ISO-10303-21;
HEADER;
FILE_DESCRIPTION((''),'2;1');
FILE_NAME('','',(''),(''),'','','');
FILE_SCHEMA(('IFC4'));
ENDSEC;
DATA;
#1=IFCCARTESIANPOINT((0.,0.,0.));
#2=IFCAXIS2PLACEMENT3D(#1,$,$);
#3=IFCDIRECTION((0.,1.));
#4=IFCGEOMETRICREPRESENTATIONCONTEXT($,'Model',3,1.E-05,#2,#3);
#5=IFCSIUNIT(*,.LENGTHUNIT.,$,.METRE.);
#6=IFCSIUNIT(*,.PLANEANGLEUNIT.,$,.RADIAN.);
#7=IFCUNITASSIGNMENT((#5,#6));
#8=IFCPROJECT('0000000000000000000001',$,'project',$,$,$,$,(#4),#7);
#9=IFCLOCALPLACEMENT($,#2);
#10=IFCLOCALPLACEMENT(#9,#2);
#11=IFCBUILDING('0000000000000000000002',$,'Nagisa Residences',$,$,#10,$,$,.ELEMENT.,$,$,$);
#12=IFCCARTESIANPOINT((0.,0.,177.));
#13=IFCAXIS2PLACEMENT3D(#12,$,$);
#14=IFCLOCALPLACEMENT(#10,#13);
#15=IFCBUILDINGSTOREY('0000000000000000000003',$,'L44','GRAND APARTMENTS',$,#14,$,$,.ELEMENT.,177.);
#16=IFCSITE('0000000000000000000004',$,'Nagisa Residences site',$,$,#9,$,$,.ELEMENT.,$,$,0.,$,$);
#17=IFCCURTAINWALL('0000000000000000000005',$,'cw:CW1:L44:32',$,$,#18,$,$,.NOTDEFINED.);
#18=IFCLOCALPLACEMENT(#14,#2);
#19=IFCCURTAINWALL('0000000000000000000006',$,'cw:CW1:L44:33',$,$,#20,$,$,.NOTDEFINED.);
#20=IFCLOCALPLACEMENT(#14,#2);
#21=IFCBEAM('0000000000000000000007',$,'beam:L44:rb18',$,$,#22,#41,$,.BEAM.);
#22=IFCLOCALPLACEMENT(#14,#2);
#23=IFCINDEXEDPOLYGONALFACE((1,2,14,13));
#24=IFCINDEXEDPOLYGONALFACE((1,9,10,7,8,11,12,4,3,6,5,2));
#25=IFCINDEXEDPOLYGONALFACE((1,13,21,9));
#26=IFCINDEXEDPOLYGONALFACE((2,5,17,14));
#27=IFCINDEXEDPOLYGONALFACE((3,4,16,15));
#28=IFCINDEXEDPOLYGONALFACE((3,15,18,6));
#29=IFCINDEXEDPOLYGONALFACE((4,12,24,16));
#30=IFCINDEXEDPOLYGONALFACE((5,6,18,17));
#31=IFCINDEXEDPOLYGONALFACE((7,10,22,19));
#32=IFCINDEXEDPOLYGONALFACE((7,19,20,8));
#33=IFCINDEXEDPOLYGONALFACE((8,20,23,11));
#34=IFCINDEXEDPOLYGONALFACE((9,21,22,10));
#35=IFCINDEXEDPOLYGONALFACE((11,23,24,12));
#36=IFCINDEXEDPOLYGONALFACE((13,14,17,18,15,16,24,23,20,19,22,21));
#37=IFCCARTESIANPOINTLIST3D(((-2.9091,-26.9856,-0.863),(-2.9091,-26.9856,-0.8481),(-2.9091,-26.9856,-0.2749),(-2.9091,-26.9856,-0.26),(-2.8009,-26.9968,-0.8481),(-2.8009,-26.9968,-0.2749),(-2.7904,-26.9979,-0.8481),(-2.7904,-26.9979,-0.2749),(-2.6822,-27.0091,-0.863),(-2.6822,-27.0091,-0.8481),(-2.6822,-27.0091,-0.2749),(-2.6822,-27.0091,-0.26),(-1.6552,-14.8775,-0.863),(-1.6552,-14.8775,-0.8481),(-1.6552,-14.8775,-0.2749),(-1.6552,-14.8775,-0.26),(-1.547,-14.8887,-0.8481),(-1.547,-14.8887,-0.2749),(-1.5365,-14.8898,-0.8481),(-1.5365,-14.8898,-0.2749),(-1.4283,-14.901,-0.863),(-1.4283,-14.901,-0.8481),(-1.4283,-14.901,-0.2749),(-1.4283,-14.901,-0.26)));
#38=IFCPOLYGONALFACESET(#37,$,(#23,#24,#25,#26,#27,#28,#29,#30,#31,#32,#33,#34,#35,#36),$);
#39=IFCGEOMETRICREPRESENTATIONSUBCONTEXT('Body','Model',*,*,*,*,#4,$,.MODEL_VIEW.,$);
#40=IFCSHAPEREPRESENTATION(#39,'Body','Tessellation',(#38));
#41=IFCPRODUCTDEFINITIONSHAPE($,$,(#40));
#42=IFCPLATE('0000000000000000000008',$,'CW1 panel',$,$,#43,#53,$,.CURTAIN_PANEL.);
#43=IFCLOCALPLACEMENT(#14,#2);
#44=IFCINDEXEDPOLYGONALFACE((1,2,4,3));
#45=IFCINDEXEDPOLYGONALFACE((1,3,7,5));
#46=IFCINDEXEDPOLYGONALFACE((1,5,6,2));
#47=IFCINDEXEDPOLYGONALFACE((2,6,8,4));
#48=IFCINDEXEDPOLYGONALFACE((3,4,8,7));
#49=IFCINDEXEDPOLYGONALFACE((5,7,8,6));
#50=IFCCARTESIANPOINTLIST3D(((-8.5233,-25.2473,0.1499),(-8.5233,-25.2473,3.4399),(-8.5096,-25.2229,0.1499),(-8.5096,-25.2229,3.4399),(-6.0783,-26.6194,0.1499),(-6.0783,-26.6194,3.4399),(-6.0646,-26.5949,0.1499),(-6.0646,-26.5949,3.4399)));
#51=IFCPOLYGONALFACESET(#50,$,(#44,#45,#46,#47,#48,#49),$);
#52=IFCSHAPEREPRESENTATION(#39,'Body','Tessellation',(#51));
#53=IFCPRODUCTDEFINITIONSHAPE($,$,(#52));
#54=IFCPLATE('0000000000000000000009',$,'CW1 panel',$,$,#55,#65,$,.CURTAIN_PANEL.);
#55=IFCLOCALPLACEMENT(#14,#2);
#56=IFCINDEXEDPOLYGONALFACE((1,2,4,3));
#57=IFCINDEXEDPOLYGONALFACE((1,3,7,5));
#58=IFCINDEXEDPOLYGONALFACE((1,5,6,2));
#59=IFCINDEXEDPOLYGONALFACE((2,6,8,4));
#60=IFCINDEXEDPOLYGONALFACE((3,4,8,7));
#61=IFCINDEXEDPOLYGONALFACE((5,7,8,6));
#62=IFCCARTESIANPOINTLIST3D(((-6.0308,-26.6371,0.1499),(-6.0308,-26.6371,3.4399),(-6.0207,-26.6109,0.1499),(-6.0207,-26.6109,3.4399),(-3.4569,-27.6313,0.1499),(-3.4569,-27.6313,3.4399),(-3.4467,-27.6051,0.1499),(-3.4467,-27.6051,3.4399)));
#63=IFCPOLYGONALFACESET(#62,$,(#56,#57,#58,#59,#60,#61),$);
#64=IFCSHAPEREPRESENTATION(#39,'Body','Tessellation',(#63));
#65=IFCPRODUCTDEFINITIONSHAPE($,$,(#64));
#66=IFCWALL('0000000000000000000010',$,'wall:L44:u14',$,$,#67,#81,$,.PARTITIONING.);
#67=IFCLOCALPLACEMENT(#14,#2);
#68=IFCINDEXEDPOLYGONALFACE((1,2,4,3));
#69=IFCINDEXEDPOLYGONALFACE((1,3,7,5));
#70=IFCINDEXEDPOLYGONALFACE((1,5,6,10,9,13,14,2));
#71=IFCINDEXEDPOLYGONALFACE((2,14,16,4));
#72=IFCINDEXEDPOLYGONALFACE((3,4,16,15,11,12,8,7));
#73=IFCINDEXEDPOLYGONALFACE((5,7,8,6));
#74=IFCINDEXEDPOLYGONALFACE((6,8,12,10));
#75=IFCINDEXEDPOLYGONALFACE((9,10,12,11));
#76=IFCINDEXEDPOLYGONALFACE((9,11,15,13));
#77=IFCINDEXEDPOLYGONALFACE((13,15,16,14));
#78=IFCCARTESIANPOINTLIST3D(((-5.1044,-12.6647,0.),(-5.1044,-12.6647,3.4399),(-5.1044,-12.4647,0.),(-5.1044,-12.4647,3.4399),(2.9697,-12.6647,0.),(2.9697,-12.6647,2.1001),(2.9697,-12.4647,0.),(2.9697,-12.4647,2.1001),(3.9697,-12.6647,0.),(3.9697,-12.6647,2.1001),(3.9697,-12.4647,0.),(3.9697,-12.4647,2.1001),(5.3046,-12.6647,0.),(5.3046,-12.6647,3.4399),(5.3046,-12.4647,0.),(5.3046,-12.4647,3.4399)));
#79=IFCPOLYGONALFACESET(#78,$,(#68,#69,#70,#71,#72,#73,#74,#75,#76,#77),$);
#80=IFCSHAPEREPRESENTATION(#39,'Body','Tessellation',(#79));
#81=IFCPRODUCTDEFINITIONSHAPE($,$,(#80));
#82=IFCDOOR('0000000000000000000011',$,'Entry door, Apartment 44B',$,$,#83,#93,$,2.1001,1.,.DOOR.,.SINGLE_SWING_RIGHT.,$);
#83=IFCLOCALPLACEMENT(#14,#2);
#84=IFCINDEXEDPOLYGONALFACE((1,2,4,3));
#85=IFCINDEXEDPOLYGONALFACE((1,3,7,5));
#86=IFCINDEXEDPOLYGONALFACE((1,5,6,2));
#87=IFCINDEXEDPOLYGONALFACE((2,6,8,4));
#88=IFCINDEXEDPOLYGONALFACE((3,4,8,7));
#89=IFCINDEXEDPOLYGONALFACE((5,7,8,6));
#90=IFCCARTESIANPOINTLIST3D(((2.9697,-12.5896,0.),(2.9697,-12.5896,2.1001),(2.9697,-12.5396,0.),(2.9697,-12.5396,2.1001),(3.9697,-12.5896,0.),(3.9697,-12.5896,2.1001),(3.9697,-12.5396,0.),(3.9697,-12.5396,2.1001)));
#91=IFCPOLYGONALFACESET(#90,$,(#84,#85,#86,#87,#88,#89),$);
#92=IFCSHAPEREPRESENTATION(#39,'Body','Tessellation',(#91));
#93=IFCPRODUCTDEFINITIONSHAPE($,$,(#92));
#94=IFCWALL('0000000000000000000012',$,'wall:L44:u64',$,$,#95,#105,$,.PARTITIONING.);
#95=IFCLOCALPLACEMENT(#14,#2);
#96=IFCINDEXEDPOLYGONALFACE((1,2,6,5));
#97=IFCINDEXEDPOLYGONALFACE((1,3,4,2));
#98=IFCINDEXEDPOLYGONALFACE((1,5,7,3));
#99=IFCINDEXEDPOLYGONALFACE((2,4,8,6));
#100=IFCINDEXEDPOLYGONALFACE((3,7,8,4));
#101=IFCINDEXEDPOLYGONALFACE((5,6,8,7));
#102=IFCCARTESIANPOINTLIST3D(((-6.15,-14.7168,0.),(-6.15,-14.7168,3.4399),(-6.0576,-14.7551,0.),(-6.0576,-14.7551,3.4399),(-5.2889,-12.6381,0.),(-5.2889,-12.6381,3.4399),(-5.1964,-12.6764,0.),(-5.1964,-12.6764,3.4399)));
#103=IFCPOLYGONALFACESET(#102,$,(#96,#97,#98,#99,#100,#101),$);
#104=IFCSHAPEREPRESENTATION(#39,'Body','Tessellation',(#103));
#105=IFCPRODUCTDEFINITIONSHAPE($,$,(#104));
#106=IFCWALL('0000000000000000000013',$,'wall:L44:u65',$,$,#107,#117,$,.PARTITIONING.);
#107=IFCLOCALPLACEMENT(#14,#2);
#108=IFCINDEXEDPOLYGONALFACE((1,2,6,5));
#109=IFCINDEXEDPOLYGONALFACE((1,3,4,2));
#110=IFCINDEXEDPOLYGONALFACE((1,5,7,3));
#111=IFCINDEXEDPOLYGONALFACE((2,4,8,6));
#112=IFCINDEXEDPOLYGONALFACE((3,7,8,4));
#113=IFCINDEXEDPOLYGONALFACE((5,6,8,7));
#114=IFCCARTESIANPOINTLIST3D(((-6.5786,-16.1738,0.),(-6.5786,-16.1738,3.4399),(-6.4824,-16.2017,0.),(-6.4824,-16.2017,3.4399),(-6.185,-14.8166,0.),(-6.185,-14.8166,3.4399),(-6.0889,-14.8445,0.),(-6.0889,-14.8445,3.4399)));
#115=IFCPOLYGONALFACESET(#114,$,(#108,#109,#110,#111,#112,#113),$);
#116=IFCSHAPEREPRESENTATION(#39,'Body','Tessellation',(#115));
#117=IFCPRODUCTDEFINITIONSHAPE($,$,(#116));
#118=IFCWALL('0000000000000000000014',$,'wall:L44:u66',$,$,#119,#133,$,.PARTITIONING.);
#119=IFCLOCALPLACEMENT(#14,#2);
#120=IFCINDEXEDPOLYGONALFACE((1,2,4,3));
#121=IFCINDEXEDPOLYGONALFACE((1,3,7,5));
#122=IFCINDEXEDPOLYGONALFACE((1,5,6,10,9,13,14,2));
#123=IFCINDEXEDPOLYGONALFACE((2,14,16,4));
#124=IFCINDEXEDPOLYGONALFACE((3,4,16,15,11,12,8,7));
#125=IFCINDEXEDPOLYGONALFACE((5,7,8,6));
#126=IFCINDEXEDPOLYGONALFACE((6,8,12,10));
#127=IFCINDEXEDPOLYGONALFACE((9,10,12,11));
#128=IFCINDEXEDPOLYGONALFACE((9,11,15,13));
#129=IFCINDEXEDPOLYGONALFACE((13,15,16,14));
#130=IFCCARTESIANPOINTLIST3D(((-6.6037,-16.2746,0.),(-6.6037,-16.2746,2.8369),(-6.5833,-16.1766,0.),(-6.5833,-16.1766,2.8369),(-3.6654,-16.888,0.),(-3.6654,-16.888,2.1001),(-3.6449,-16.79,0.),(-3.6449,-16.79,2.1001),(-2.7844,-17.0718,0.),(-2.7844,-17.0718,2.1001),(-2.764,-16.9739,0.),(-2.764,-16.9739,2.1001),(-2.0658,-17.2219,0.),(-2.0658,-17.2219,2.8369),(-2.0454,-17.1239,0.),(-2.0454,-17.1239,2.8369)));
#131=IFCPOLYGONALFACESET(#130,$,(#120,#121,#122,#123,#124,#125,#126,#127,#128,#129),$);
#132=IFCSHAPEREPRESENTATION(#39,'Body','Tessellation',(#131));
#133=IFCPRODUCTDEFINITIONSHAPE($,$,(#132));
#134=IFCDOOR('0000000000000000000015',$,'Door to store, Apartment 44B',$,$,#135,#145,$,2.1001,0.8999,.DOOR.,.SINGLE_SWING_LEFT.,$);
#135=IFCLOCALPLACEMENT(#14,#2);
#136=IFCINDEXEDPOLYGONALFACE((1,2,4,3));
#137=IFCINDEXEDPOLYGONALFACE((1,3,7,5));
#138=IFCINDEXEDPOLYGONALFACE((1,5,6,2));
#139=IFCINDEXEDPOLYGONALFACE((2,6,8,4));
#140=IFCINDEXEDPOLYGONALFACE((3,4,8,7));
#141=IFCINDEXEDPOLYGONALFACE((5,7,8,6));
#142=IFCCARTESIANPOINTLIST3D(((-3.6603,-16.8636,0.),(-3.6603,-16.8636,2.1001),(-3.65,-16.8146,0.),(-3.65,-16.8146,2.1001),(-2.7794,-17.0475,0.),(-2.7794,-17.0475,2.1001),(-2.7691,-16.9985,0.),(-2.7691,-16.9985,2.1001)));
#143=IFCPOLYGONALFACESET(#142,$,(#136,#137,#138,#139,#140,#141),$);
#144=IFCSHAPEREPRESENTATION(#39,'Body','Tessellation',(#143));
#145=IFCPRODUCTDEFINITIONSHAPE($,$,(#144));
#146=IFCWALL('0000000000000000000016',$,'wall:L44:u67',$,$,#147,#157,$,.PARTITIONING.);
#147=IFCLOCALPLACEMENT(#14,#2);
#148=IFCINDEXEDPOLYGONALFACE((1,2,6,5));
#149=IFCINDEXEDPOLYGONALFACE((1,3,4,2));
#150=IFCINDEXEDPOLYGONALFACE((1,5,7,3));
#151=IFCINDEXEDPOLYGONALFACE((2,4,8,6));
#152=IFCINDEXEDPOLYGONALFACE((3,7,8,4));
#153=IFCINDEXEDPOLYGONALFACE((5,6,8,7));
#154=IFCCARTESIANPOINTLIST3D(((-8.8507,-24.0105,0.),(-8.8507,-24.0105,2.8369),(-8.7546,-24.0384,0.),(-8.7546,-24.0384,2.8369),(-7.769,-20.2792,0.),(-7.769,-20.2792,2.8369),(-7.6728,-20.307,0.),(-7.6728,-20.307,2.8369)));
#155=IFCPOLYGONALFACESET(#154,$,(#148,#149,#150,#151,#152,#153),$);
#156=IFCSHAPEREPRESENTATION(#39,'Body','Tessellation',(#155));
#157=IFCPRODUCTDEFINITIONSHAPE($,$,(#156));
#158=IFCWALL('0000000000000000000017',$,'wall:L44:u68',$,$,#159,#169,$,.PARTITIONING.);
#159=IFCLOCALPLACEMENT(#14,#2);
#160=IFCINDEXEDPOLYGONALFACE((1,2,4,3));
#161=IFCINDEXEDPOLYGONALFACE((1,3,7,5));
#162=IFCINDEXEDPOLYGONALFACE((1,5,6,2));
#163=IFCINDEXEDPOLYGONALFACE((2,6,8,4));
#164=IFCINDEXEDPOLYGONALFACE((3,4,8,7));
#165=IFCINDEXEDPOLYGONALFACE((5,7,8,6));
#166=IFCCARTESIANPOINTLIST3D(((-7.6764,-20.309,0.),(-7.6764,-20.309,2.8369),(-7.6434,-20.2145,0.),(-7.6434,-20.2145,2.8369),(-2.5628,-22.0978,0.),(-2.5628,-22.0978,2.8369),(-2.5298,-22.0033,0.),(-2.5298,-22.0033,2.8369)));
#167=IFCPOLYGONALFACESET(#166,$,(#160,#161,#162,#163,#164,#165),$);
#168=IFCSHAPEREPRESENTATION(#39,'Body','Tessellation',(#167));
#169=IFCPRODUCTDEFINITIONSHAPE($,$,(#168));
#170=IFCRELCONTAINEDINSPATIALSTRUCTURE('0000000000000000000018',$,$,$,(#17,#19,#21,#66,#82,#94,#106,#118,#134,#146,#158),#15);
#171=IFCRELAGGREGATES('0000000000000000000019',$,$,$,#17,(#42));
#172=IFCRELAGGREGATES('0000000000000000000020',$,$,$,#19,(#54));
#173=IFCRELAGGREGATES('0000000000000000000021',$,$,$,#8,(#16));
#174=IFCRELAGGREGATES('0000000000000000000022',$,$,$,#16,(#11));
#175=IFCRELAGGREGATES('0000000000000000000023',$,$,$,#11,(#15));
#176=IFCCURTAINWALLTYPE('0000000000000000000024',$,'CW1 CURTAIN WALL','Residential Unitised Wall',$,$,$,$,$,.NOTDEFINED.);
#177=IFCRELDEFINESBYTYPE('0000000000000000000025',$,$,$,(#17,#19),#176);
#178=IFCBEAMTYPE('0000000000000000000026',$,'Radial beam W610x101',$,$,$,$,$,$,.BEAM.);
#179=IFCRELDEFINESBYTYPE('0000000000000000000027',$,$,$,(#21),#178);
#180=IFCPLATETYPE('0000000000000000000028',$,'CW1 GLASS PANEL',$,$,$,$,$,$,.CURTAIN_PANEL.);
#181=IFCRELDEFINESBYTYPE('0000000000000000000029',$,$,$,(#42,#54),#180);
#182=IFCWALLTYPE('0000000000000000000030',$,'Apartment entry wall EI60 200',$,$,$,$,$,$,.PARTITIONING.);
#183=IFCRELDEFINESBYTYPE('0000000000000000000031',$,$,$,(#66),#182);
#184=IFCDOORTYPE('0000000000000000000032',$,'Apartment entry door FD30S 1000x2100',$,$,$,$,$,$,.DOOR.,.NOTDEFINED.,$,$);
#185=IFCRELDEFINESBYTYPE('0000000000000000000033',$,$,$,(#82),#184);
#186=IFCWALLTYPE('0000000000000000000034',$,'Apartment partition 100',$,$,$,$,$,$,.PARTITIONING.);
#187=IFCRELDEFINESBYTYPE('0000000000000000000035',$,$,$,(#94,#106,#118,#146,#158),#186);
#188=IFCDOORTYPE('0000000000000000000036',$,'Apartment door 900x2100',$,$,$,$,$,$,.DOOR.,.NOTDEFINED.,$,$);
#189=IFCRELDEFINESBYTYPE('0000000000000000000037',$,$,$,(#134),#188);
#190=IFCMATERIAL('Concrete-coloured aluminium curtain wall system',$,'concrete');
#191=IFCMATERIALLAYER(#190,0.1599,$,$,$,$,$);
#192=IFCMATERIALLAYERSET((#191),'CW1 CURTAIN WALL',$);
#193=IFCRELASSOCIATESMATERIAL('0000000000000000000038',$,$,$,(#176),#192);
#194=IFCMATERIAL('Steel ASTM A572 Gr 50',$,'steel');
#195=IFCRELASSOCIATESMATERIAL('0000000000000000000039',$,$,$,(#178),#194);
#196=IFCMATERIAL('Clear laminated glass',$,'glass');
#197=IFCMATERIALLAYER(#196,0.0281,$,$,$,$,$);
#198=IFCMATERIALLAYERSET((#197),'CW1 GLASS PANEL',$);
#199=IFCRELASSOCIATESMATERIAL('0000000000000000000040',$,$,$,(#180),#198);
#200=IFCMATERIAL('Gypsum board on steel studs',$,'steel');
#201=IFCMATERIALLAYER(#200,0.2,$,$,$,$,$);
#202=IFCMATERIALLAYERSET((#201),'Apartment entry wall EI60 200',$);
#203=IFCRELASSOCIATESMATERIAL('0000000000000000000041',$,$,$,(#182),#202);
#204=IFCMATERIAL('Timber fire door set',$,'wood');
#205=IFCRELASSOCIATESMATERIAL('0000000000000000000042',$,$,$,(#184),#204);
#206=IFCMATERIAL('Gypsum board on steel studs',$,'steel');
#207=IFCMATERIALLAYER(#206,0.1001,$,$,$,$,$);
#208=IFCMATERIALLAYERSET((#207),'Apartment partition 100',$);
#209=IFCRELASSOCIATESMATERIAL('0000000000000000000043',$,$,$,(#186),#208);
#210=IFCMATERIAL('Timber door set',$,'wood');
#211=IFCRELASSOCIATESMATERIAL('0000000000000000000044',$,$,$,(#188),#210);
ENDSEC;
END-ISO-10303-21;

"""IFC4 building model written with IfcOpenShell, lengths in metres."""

from ifc_helpers import new_model, si_unit, direction, frame, frame_2d, origin, origin_2d, place, context, subcontext, project, spatial, rectangle, i_section, extrude, material, layer, layer_set, material_profile, profile_set, type_object, element, fill, aggregate, save


model = new_model("IFC4")

# Units and contexts
model_context = context("Model", 3, precision=1e-05, world=origin(), true_north=direction((0.0, 1.0)))
body_context = subcontext(model_context, "Body", "Model", "MODEL_VIEW")
ifc_project = project(units=[si_unit("LENGTHUNIT", "METRE"), si_unit("PLANEANGLEUNIT", "RADIAN")], contexts=[model_context])

# Site, building, storey
site_placement = place(None, origin())
site = spatial("IfcSite", under=ifc_project, at=site_placement, Name="Nagisa Residences site", CompositionType="ELEMENT", RefElevation=0.0)
building_placement = place(site_placement, origin())
building = spatial("IfcBuilding", under=site, at=building_placement, Name="Nagisa Residences", CompositionType="ELEMENT")
storey_placement = place(building_placement, frame((0.0, 0.0, 177.0)))
storey = spatial("IfcBuildingStorey", under=building, at=storey_placement, Name="L44", Description="GRAND APARTMENTS", CompositionType="ELEMENT", Elevation=177.0)

# Curtain walls
ifc_material_1 = material(Name="Concrete-coloured aluminium curtain wall system", Category="concrete")
ifc_layer_1 = layer(ifc_material_1, 0.1599)
ifc_layer_set_1 = layer_set([ifc_layer_1], Name="CW1 CURTAIN WALL")
curtain_wall_type = type_object("IfcCurtainWallType", Name="CW1 CURTAIN WALL", Description="Residential Unitised Wall", PredefinedType="NOTDEFINED", material=ifc_layer_set_1)
curtain_wall_1_placement = place(storey_placement, origin())
curtain_wall_1 = element("IfcCurtainWall", 1, at=curtain_wall_1_placement, inside=storey, type_object=curtain_wall_type, Name="cw:CW1:L44:32", PredefinedType="NOTDEFINED")
curtain_wall_2_placement = place(storey_placement, origin())
curtain_wall_2 = element("IfcCurtainWall", 2, at=curtain_wall_2_placement, inside=storey, type_object=curtain_wall_type, Name="cw:CW1:L44:33", PredefinedType="NOTDEFINED")

# Beam
ifc_material_2 = material(Name="Steel ASTM A572 Gr 50", Category="steel")
ifc_material_profile_1 = material_profile(ifc_material_2, i_section(OverallWidth=0.228, OverallDepth=0.603, WebThickness=0.0105, FlangeThickness=0.0149, at=origin_2d()), Name="W610x101")
ifc_profile_set_1 = profile_set([ifc_material_profile_1], Name="Steel ASTM A572 Gr 50")
beam_type_1 = type_object("IfcBeamType", Name="Radial beam W610x101", PredefinedType="BEAM", material=ifc_profile_set_1)
beam_1_placement = place(storey_placement, frame((-2.7957, -26.9973, -0.5615), z_axis=(0.103008, 0.994681, 0.0), x_axis=(-0.994681, 0.103008, 0.0)))
element("IfcBeam", 3, at=beam_1_placement, inside=storey, type_object=beam_type_1, Name="beam:L44:rb18", PredefinedType="BEAM", context=body_context, shape_type="SweptSolid", body=[
    extrude(i_section(OverallWidth=0.228, OverallDepth=0.603, WebThickness=0.0105, FlangeThickness=0.0149, at=origin_2d()), origin(), (0.0, 0.0, 1.0), 12.1729),
])

# Plates
ifc_material_3 = material(Name="Clear laminated glass", Category="glass")
ifc_layer_2 = layer(ifc_material_3, 0.0281)
ifc_layer_set_2 = layer_set([ifc_layer_2], Name="CW1 GLASS PANEL")
plate_type = type_object("IfcPlateType", Name="CW1 GLASS PANEL", PredefinedType="CURTAIN_PANEL", material=ifc_layer_set_2)
plate_1_placement = place(storey_placement, frame((-7.2939, -25.9211, 0.1499), z_axis=(0.0, 0.0, 1.0), x_axis=(0.872072, -0.489377, 0.0)))
plate_1 = element("IfcPlate", 4, at=plate_1_placement, type_object=plate_type, Name="CW1 panel", PredefinedType="CURTAIN_PANEL", context=body_context, shape_type="SweptSolid", body=[
    extrude(rectangle(XDim=2.8037, YDim=0.0281, at=origin_2d()), origin(), (0.0, 0.0, 1.0), 3.29),
])
aggregate(curtain_wall_1, [plate_1])
plate_2_placement = place(storey_placement, frame((-4.7388, -27.1211, 0.1499), z_axis=(0.0, 0.0, 1.0), x_axis=(0.932826, -0.360328, 0.0)))
plate_2 = element("IfcPlate", 5, at=plate_2_placement, type_object=plate_type, Name="CW1 panel", PredefinedType="CURTAIN_PANEL", context=body_context, shape_type="SweptSolid", body=[
    extrude(rectangle(XDim=2.7593, YDim=0.0281, at=origin_2d()), origin(), (0.0, 0.0, 1.0), 3.29),
])
aggregate(curtain_wall_2, [plate_2])

# Wall, opening, door
ifc_material_4 = material(Name="Gypsum board on steel studs", Category="steel")
ifc_layer_3 = layer(ifc_material_4, 0.2)
ifc_layer_set_3 = layer_set([ifc_layer_3], Name="Apartment entry wall EI60 200")
wall_type_1 = type_object("IfcWallType", Name="Apartment entry wall EI60 200", PredefinedType="PARTITIONING", material=ifc_layer_set_3)
wall_1_placement = place(storey_placement, frame((-5.1045, -12.5647, 0.0), z_axis=(0.0, 0.0, 1.0), x_axis=(1.0, 0.0, 0.0)))
wall_1 = element("IfcWall", 6, at=wall_1_placement, inside=storey, type_object=wall_type_1, Name="wall:L44:u14", PredefinedType="PARTITIONING", context=body_context, shape_type="SweptSolid", body=[
    extrude(rectangle(XDim=10.4089, YDim=0.2, at=frame_2d((5.2046, 0.0))), origin(), (0.0, 0.0, 1.0), 3.4399),
])
opening_1_placement = place(wall_1_placement, frame((8.0742, 0.0, 0.0)))
opening_1 = element("IfcOpeningElement", 7, at=opening_1_placement, cuts=wall_1, PredefinedType="OPENING", context=body_context, shape_type="SweptSolid", body=[
    extrude(rectangle(XDim=1.0, YDim=2.1001, at=frame_2d((0.5, 1.05))), frame((0.0, 0.1099, 0.0), z_axis=(0.0, -1.0, 0.0), x_axis=(1.0, 0.0, 0.0)), (0.0, 0.0, 1.0), 0.22),
])
ifc_material_5 = material(Name="Timber fire door set", Category="wood")
door_type_1 = type_object("IfcDoorType", Name="Apartment entry door FD30S 1000x2100", OperationType="NOTDEFINED", PredefinedType="DOOR", material=ifc_material_5)
door_1_placement = place(opening_1_placement, frame((1.0, 0.0, 0.0), x_axis=(-1.0, 0.0, 0.0)))
door_1 = element("IfcDoor", 8, at=door_1_placement, inside=storey, type_object=door_type_1, Name="Entry door, Apartment 44B", OperationType="SINGLE_SWING_RIGHT", OverallHeight=2.1001, OverallWidth=1.0, PredefinedType="DOOR", context=body_context, shape_type="SweptSolid", body=[
    extrude(rectangle(XDim=1.0, YDim=2.1001, at=frame_2d((0.5, 1.05))), frame((0.0, 0.0249, 0.0), z_axis=(0.0, -1.0, 0.0), x_axis=(1.0, 0.0, 0.0)), (0.0, 0.0, 1.0), 0.05),
])
fill(opening_1, door_1)

# Walls
ifc_material_6 = material(Name="Gypsum board on steel studs", Category="steel")
ifc_layer_4 = layer(ifc_material_6, 0.1001)
ifc_layer_set_4 = layer_set([ifc_layer_4], Name="Apartment partition 100")
wall_type_2 = type_object("IfcWallType", Name="Apartment partition 100", PredefinedType="PARTITIONING", material=ifc_layer_set_4)
wall_2_placement = place(storey_placement, frame((-5.2427, -12.6572, 0.0), z_axis=(0.0, 0.0, 1.0), x_axis=(-0.382719, -0.923865, 0.0)))
element("IfcWall", 9, at=wall_2_placement, inside=storey, type_object=wall_type_2, Name="wall:L44:u64", PredefinedType="PARTITIONING", context=body_context, shape_type="SweptSolid", body=[
    extrude(rectangle(XDim=2.25, YDim=0.1001, at=frame_2d((1.125, 0.0))), origin(), (0.0, 0.0, 1.0), 3.4399),
])
wall_3_placement = place(storey_placement, frame((-6.137, -14.8306, 0.0), z_axis=(0.0, 0.0, 1.0), x_axis=(-0.278507, -0.960434, 0.0)))
element("IfcWall", 10, at=wall_3_placement, inside=storey, type_object=wall_type_2, Name="wall:L44:u65", PredefinedType="PARTITIONING", context=body_context, shape_type="SweptSolid", body=[
    extrude(rectangle(XDim=1.4131, YDim=0.1001, at=frame_2d((0.7065, 0.0))), origin(), (0.0, 0.0, 1.0), 3.4399),
])

# Wall, opening, door
wall_4_placement = place(storey_placement, frame((-6.5935, -16.2256, 0.0), z_axis=(0.0, 0.0, 1.0), x_axis=(0.978899, -0.204343, 0.0)))
wall_4 = element("IfcWall", 11, at=wall_4_placement, inside=storey, type_object=wall_type_2, Name="wall:L44:u66", PredefinedType="PARTITIONING", context=body_context, shape_type="SweptSolid", body=[
    extrude(rectangle(XDim=4.6357, YDim=0.1001, at=frame_2d((2.3179, 0.0))), origin(), (0.0, 0.0, 1.0), 2.8369),
])
opening_2_placement = place(wall_4_placement, frame((3.0017, 0.0, 0.0)))
opening_2 = element("IfcOpeningElement", 12, at=opening_2_placement, cuts=wall_4, PredefinedType="OPENING", context=body_context, shape_type="SweptSolid", body=[
    extrude(rectangle(XDim=0.8999, YDim=2.1001, at=frame_2d((0.45, 1.05))), frame((0.0, 0.0601, 0.0), z_axis=(0.0, -1.0, 0.0), x_axis=(1.0, 0.0, 0.0)), (0.0, 0.0, 1.0), 0.1201),
])
ifc_material_7 = material(Name="Timber door set", Category="wood")
door_type_2 = type_object("IfcDoorType", Name="Apartment door 900x2100", OperationType="NOTDEFINED", PredefinedType="DOOR", material=ifc_material_7)
door_2_placement = place(opening_2_placement, origin())
door_2 = element("IfcDoor", 13, at=door_2_placement, inside=storey, type_object=door_type_2, Name="Door to store, Apartment 44B", OperationType="SINGLE_SWING_LEFT", OverallHeight=2.1001, OverallWidth=0.8999, PredefinedType="DOOR", context=body_context, shape_type="SweptSolid", body=[
    extrude(rectangle(XDim=0.8999, YDim=2.1001, at=frame_2d((0.45, 1.05))), frame((0.0, 0.0249, 0.0), z_axis=(0.0, -1.0, 0.0), x_axis=(1.0, 0.0, 0.0)), (0.0, 0.0, 1.0), 0.05),
])
fill(opening_2, door_2)

# Walls
wall_5_placement = place(storey_placement, frame((-7.7209, -20.2932, 0.0), z_axis=(0.0, 0.0, 1.0), x_axis=(-0.278446, -0.960452, 0.0)))
element("IfcWall", 14, at=wall_5_placement, inside=storey, type_object=wall_type_2, Name="wall:L44:u67", PredefinedType="PARTITIONING", context=body_context, shape_type="SweptSolid", body=[
    extrude(rectangle(XDim=3.885, YDim=0.1001, at=frame_2d((1.9424, 0.0))), origin(), (0.0, 0.0, 1.0), 2.8369),
])
wall_6_placement = place(storey_placement, frame((-7.6599, -20.2617, 0.0), z_axis=(0.0, 0.0, 1.0), x_axis=(0.943911, -0.3302, 0.0)))
element("IfcWall", 15, at=wall_6_placement, inside=storey, type_object=wall_type_2, Name="wall:L44:u68", PredefinedType="PARTITIONING", context=body_context, shape_type="SweptSolid", body=[
    extrude(rectangle(XDim=5.4175, YDim=0.1001, at=frame_2d((2.7087, 0.0))), origin(), (0.0, 0.0, 1.0), 2.8369),
])

save(model, "model.ifc")
